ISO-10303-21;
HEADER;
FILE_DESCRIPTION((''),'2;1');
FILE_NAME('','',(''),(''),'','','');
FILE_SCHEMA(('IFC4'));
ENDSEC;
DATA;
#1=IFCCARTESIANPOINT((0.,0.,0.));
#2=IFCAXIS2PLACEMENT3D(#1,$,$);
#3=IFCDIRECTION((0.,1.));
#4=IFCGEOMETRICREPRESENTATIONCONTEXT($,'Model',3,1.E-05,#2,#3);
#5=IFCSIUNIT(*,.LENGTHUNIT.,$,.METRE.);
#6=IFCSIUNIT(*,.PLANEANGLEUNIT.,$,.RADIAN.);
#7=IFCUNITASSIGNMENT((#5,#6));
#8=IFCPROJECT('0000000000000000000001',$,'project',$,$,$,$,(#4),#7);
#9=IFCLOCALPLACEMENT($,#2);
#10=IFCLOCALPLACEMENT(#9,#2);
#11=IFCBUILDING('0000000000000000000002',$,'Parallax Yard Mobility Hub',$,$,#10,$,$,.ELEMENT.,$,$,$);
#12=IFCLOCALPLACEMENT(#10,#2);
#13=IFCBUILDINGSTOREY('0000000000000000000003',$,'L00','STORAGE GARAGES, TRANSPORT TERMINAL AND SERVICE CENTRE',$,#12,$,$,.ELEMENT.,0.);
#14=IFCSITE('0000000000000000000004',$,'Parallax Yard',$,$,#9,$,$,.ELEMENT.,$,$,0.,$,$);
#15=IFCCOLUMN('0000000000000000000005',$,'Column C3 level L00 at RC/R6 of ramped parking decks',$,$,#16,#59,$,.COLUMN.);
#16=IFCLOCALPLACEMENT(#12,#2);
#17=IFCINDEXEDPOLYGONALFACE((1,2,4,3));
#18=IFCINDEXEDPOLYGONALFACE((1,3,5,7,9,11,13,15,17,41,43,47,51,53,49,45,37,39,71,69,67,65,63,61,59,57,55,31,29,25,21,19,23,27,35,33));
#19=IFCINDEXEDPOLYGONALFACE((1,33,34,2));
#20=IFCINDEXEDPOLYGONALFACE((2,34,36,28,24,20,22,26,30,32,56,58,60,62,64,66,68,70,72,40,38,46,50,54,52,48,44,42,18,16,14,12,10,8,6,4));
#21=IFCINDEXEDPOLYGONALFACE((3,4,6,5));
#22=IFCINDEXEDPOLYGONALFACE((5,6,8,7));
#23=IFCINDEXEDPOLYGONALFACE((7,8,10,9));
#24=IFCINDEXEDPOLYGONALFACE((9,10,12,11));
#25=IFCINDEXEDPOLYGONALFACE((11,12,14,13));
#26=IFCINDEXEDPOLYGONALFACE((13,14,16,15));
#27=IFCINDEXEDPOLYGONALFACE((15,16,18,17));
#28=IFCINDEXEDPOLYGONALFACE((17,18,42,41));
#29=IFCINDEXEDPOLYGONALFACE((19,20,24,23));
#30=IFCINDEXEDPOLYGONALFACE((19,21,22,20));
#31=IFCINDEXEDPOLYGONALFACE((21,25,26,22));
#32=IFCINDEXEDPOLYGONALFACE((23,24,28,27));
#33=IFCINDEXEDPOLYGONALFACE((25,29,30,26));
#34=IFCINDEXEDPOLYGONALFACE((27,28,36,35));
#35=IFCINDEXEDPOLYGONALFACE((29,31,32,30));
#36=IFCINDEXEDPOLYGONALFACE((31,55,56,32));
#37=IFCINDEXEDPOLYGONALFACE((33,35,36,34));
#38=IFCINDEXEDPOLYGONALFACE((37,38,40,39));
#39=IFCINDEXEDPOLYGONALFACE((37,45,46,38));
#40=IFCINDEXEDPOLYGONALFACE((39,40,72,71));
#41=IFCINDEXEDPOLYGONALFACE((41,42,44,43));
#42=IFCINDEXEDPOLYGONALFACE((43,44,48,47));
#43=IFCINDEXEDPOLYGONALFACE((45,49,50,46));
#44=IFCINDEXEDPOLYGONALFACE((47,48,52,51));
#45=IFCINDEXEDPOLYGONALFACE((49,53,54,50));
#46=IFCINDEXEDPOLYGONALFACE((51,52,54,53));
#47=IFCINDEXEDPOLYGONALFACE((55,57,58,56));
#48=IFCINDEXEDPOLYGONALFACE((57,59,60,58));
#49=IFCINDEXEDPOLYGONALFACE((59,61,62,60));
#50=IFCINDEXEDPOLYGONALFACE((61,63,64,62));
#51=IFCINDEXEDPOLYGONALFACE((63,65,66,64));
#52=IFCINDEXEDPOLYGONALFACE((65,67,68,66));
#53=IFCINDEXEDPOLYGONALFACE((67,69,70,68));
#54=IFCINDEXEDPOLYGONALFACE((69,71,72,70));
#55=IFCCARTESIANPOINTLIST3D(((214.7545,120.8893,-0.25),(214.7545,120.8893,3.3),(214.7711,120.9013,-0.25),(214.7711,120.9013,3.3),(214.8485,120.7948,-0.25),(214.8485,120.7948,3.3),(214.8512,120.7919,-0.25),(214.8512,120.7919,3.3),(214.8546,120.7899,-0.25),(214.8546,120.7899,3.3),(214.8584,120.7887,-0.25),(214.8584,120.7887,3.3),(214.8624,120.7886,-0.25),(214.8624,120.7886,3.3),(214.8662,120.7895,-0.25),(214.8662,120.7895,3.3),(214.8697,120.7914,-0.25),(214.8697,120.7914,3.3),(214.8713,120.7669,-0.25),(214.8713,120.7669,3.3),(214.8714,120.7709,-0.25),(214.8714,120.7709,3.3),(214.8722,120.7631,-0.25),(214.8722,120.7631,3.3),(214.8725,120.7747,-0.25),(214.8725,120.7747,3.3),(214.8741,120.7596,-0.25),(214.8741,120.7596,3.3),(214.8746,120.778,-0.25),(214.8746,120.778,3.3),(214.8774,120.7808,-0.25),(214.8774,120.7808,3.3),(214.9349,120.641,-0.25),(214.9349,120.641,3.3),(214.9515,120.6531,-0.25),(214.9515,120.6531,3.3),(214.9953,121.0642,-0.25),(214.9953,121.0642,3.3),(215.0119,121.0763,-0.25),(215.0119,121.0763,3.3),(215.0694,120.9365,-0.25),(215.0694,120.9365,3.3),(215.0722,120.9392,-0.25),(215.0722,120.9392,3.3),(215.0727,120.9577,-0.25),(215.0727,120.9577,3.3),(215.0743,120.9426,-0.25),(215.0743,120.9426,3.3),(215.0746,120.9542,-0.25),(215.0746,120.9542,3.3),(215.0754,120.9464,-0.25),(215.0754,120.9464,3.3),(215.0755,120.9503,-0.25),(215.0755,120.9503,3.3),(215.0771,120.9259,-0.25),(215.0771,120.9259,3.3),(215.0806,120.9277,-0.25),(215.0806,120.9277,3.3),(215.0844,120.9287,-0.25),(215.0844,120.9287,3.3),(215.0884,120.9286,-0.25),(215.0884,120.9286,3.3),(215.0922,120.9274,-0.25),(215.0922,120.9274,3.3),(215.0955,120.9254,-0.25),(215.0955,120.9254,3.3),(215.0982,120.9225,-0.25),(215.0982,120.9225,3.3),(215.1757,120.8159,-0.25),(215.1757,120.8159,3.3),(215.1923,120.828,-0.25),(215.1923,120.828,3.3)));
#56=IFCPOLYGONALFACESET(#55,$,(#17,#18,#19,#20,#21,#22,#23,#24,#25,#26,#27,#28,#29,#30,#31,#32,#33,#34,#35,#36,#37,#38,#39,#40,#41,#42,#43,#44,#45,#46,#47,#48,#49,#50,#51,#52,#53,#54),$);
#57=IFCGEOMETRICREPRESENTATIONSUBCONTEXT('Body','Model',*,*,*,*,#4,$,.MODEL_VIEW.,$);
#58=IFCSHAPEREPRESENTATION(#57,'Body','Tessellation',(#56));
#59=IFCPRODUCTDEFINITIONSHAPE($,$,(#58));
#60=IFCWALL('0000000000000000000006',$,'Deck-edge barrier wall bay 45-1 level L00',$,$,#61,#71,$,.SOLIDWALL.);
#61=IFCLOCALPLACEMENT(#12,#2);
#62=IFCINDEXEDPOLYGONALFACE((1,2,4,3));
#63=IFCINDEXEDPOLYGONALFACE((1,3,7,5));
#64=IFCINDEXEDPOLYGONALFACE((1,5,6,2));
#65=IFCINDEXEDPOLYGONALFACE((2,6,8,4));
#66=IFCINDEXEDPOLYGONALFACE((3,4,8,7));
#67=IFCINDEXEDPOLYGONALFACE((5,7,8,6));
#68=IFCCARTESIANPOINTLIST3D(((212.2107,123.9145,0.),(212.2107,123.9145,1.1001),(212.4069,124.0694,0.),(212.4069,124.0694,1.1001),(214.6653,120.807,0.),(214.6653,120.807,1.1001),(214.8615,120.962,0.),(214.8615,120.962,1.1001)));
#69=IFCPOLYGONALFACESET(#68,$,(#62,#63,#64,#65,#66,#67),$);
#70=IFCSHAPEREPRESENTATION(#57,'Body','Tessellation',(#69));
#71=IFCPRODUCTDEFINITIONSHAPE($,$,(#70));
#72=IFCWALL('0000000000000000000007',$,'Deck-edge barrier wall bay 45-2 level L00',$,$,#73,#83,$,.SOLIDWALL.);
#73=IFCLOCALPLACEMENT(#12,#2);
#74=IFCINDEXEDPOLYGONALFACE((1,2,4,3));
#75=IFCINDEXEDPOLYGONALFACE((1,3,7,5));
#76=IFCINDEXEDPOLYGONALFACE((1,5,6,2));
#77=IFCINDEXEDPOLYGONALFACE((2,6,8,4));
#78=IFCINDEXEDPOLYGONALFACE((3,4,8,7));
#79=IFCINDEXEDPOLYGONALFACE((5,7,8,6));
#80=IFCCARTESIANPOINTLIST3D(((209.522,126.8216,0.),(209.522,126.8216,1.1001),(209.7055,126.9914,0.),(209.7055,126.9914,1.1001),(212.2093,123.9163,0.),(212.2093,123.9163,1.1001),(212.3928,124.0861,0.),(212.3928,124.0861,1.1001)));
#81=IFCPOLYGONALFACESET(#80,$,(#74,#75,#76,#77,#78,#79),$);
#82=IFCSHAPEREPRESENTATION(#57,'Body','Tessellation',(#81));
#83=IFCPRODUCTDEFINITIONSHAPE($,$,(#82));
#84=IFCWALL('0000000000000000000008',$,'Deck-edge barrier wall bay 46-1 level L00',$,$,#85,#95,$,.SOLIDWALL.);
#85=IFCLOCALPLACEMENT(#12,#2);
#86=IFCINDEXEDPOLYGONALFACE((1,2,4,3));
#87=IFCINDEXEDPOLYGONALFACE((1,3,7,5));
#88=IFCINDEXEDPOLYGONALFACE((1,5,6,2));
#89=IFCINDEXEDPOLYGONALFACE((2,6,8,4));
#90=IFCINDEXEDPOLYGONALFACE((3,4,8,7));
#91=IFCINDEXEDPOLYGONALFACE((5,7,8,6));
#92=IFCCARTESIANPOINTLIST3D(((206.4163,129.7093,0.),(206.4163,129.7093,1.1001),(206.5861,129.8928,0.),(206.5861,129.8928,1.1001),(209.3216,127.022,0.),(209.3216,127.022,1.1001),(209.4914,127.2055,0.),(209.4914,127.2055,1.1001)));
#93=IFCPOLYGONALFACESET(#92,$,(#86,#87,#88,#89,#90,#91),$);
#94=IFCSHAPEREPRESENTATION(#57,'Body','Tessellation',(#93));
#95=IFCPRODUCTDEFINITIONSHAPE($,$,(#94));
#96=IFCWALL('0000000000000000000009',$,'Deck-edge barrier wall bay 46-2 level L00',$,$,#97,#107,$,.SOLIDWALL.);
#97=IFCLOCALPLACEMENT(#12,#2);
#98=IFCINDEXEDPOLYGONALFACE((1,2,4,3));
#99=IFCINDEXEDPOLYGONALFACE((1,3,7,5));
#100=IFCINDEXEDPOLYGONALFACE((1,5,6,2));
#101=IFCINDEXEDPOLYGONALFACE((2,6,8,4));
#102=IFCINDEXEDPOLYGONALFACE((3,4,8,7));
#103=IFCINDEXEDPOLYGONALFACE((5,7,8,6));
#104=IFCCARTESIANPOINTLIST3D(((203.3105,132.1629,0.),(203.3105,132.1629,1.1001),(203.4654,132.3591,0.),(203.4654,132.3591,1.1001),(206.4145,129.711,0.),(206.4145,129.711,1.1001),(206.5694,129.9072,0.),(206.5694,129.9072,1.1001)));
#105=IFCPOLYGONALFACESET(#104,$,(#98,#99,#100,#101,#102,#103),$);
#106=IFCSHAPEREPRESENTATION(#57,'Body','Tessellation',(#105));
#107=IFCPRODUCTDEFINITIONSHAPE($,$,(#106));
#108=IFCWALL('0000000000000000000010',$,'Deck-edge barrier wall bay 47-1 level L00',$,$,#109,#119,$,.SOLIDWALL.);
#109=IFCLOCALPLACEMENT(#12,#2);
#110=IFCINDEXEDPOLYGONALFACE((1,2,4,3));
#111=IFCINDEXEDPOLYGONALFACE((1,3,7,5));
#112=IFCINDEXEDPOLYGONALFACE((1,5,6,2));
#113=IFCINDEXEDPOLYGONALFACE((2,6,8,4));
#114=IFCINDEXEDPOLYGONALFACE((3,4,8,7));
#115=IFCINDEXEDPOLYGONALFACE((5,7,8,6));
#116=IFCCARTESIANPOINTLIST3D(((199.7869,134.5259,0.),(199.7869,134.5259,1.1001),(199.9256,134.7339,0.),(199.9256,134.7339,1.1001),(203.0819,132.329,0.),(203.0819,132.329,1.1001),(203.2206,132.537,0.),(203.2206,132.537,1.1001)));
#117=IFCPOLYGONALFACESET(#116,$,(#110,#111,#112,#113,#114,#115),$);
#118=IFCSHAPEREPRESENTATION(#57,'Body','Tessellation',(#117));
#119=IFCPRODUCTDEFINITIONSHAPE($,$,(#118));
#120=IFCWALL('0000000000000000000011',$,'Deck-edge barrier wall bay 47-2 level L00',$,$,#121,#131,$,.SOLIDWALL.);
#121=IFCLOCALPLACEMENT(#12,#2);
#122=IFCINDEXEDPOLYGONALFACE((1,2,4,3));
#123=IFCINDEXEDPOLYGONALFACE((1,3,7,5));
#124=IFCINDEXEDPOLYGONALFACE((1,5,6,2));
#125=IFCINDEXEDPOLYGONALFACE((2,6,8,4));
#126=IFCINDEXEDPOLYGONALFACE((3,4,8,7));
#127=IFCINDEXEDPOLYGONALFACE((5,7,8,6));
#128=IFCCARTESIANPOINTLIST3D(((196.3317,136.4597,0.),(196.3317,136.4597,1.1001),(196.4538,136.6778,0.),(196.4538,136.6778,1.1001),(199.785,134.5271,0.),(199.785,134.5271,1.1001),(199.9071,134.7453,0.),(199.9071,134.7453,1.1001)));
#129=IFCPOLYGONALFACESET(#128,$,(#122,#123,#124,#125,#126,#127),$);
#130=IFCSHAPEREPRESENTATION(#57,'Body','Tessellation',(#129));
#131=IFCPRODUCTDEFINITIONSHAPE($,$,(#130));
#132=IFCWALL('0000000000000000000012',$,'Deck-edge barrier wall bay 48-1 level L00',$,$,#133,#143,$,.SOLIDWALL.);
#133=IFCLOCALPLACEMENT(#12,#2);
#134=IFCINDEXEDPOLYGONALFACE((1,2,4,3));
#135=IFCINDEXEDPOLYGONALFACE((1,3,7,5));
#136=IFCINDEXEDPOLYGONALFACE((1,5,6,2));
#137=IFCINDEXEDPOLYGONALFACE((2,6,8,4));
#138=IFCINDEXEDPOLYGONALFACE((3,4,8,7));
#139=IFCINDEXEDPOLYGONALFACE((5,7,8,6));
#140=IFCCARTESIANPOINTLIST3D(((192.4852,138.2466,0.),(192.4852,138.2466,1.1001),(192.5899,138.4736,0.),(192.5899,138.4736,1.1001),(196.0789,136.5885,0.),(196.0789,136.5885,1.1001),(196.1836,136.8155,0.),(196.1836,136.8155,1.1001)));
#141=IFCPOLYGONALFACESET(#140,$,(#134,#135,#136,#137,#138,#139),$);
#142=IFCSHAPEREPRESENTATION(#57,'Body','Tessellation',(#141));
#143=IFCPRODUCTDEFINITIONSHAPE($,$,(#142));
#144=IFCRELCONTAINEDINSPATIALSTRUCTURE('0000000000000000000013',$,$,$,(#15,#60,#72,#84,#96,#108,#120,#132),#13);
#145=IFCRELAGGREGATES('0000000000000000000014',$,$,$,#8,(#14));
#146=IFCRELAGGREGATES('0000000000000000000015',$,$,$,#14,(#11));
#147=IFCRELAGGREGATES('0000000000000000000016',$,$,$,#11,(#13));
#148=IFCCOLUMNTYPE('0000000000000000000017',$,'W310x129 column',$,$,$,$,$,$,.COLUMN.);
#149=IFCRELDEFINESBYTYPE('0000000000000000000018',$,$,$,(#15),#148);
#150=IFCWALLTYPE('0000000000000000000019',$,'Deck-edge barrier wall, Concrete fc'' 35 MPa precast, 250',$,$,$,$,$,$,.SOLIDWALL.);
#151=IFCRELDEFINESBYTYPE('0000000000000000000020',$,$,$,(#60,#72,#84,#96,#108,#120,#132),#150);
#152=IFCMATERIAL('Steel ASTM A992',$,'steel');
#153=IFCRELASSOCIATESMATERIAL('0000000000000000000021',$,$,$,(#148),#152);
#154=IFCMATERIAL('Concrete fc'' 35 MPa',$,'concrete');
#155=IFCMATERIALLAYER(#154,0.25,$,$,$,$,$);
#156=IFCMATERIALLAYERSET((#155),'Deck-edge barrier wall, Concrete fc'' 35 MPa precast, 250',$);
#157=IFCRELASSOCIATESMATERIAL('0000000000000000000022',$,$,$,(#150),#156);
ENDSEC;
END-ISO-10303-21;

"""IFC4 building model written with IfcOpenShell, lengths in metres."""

from ifc_helpers import new_model, si_unit, direction, frame, frame_2d, origin, origin_2d, place, context, subcontext, project, spatial, rectangle, i_section, extrude, material, layer, layer_set, material_profile, profile_set, type_object, element, save


model = new_model("IFC4")

# Units and contexts
model_context = context("Model", 3, precision=1e-05, world=origin(), true_north=direction((0.0, 1.0)))
body_context = subcontext(model_context, "Body", "Model", "MODEL_VIEW")
ifc_project = project(units=[si_unit("LENGTHUNIT", "METRE"), si_unit("PLANEANGLEUNIT", "RADIAN")], contexts=[model_context])

# Site, building, storey
site_placement = place(None, origin())
site = spatial("IfcSite", under=ifc_project, at=site_placement, Name="Parallax Yard", CompositionType="ELEMENT", RefElevation=0.0)
building_placement = place(site_placement, origin())
building = spatial("IfcBuilding", under=site, at=building_placement, Name="Parallax Yard Mobility Hub", CompositionType="ELEMENT")
storey_placement = place(building_placement, origin())
storey = spatial("IfcBuildingStorey", under=building, at=storey_placement, Name="L00", Description="STORAGE GARAGES, TRANSPORT TERMINAL AND SERVICE CENTRE", CompositionType="ELEMENT", Elevation=0.0)

# Column
ifc_material_1 = material(Name="Steel ASTM A992", Category="steel")
ifc_material_profile_1 = material_profile(ifc_material_1, i_section(OverallWidth=0.3069, OverallDepth=0.3181, WebThickness=0.0132, FlangeThickness=0.0205, FilletRadius=0.0151, at=origin_2d()), Name="W310x129")
ifc_profile_set_1 = profile_set([ifc_material_profile_1], Name="Steel ASTM A992")
column_type = type_object("IfcColumnType", Name="W310x129 column", PredefinedType="COLUMN", material=ifc_profile_set_1)
for number, where, z_axis, x_axis, name in (
    (1, (214.9734, 120.8586, -0.25), (0.0, 0.0, 1.0), (-0.587785, 0.809017, 0.0), "Column C3 level L00 at RC/R6 of ramped parking decks"),
):
    element("IfcColumn", number, at=place(storey_placement, frame(where, z_axis=z_axis, x_axis=x_axis)), inside=storey, type_object=column_type, Name=name, PredefinedType="COLUMN", context=body_context, shape_type="SweptSolid", body=[
        extrude(i_section(OverallWidth=0.3069, OverallDepth=0.3181, WebThickness=0.0132, FlangeThickness=0.0205, FilletRadius=0.0151, at=origin_2d()), origin(), (0.0, 0.0, 1.0), 3.55),
    ])

# Walls
ifc_material_2 = material(Name="Concrete fc' 35 MPa", Category="concrete")
ifc_layer = layer(ifc_material_2, 0.25)
ifc_layer_set = layer_set([ifc_layer], Name="Deck-edge barrier wall, Concrete fc' 35 MPa precast, 250")
wall_type = type_object("IfcWallType", Name="Deck-edge barrier wall, Concrete fc' 35 MPa precast, 250", PredefinedType="SOLIDWALL", material=ifc_layer_set)
wall_1_placement = place(storey_placement, frame((214.7634, 120.8845, 0.0), z_axis=(0.0, 0.0, 1.0), x_axis=(-0.619856, 0.784715, 0.0)))
element("IfcWall", 2, at=wall_1_placement, inside=storey, type_object=wall_type, Name="Deck-edge barrier wall bay 45-1 level L00", PredefinedType="SOLIDWALL", context=body_context, shape_type="SweptSolid", body=[
    extrude(rectangle(XDim=3.96, YDim=0.25, at=frame_2d((1.98, 0.0))), origin(), (0.0, 0.0, 1.0), 1.1001),
])
for number, where, z_axis, x_axis, name in (
    (3, (212.301, 124.0012, 0.0), (0.0, 0.0, 1.0), (-0.679025, 0.734115, 0.0), "Deck-edge barrier wall bay 45-2 level L00"),
    (4, (209.4065, 127.1138, 0.0), (0.0, 0.0, 1.0), (-0.734115, 0.679025, 0.0), "Deck-edge barrier wall bay 46-1 level L00"),
):
    element("IfcWall", number, at=place(storey_placement, frame(where, z_axis=z_axis, x_axis=x_axis)), inside=storey, type_object=wall_type, Name=name, PredefinedType="SOLIDWALL", context=body_context, shape_type="SweptSolid", body=[
        extrude(rectangle(XDim=3.9575, YDim=0.25, at=frame_2d((1.9788, 0.0))), origin(), (0.0, 0.0, 1.0), 1.1001),
    ])
wall_2_placement = place(storey_placement, frame((206.4919, 129.8091, 0.0), z_axis=(0.0, 0.0, 1.0), x_axis=(-0.784714, 0.619858, 0.0)))
element("IfcWall", 5, at=wall_2_placement, inside=storey, type_object=wall_type, Name="Deck-edge barrier wall bay 46-2 level L00", PredefinedType="SOLIDWALL", context=body_context, shape_type="SweptSolid", body=[
    extrude(rectangle(XDim=3.9556, YDim=0.25, at=frame_2d((1.9778, 0.0))), origin(), (0.0, 0.0, 1.0), 1.1001),
])
wall_3_placement = place(storey_placement, frame((203.1511, 132.4331, 0.0), z_axis=(0.0, 0.0, 1.0), x_axis=(-0.832031, 0.554729, 0.0)))
element("IfcWall", 6, at=wall_3_placement, inside=storey, type_object=wall_type, Name="Deck-edge barrier wall bay 47-1 level L00", PredefinedType="SOLIDWALL", context=body_context, shape_type="SweptSolid", body=[
    extrude(rectangle(XDim=3.9602, YDim=0.25, at=frame_2d((1.98, 0.0))), origin(), (0.0, 0.0, 1.0), 1.1001),
])
wall_4_placement = place(storey_placement, frame((199.8459, 134.6362, 0.0), z_axis=(0.0, 0.0, 1.0), x_axis=(-0.872643, 0.488359, 0.0)))
element("IfcWall", 7, at=wall_4_placement, inside=storey, type_object=wall_type, Name="Deck-edge barrier wall bay 47-2 level L00", PredefinedType="SOLIDWALL", context=body_context, shape_type="SweptSolid", body=[
    extrude(rectangle(XDim=3.9573, YDim=0.25, at=frame_2d((1.9785, 0.0))), origin(), (0.0, 0.0, 1.0), 1.1001),
])
wall_5_placement = place(storey_placement, frame((196.1313, 136.7019, 0.0), z_axis=(0.0, 0.0, 1.0), x_axis=(-0.908003, 0.418964, 0.0)))
element("IfcWall", 8, at=wall_5_placement, inside=storey, type_object=wall_type, Name="Deck-edge barrier wall bay 48-1 level L00", PredefinedType="SOLIDWALL", context=body_context, shape_type="SweptSolid", body=[
    extrude(rectangle(XDim=3.9578, YDim=0.25, at=frame_2d((1.979, 0.0))), origin(), (0.0, 0.0, 1.0), 1.1001),
])

save(model, "model.ifc")
